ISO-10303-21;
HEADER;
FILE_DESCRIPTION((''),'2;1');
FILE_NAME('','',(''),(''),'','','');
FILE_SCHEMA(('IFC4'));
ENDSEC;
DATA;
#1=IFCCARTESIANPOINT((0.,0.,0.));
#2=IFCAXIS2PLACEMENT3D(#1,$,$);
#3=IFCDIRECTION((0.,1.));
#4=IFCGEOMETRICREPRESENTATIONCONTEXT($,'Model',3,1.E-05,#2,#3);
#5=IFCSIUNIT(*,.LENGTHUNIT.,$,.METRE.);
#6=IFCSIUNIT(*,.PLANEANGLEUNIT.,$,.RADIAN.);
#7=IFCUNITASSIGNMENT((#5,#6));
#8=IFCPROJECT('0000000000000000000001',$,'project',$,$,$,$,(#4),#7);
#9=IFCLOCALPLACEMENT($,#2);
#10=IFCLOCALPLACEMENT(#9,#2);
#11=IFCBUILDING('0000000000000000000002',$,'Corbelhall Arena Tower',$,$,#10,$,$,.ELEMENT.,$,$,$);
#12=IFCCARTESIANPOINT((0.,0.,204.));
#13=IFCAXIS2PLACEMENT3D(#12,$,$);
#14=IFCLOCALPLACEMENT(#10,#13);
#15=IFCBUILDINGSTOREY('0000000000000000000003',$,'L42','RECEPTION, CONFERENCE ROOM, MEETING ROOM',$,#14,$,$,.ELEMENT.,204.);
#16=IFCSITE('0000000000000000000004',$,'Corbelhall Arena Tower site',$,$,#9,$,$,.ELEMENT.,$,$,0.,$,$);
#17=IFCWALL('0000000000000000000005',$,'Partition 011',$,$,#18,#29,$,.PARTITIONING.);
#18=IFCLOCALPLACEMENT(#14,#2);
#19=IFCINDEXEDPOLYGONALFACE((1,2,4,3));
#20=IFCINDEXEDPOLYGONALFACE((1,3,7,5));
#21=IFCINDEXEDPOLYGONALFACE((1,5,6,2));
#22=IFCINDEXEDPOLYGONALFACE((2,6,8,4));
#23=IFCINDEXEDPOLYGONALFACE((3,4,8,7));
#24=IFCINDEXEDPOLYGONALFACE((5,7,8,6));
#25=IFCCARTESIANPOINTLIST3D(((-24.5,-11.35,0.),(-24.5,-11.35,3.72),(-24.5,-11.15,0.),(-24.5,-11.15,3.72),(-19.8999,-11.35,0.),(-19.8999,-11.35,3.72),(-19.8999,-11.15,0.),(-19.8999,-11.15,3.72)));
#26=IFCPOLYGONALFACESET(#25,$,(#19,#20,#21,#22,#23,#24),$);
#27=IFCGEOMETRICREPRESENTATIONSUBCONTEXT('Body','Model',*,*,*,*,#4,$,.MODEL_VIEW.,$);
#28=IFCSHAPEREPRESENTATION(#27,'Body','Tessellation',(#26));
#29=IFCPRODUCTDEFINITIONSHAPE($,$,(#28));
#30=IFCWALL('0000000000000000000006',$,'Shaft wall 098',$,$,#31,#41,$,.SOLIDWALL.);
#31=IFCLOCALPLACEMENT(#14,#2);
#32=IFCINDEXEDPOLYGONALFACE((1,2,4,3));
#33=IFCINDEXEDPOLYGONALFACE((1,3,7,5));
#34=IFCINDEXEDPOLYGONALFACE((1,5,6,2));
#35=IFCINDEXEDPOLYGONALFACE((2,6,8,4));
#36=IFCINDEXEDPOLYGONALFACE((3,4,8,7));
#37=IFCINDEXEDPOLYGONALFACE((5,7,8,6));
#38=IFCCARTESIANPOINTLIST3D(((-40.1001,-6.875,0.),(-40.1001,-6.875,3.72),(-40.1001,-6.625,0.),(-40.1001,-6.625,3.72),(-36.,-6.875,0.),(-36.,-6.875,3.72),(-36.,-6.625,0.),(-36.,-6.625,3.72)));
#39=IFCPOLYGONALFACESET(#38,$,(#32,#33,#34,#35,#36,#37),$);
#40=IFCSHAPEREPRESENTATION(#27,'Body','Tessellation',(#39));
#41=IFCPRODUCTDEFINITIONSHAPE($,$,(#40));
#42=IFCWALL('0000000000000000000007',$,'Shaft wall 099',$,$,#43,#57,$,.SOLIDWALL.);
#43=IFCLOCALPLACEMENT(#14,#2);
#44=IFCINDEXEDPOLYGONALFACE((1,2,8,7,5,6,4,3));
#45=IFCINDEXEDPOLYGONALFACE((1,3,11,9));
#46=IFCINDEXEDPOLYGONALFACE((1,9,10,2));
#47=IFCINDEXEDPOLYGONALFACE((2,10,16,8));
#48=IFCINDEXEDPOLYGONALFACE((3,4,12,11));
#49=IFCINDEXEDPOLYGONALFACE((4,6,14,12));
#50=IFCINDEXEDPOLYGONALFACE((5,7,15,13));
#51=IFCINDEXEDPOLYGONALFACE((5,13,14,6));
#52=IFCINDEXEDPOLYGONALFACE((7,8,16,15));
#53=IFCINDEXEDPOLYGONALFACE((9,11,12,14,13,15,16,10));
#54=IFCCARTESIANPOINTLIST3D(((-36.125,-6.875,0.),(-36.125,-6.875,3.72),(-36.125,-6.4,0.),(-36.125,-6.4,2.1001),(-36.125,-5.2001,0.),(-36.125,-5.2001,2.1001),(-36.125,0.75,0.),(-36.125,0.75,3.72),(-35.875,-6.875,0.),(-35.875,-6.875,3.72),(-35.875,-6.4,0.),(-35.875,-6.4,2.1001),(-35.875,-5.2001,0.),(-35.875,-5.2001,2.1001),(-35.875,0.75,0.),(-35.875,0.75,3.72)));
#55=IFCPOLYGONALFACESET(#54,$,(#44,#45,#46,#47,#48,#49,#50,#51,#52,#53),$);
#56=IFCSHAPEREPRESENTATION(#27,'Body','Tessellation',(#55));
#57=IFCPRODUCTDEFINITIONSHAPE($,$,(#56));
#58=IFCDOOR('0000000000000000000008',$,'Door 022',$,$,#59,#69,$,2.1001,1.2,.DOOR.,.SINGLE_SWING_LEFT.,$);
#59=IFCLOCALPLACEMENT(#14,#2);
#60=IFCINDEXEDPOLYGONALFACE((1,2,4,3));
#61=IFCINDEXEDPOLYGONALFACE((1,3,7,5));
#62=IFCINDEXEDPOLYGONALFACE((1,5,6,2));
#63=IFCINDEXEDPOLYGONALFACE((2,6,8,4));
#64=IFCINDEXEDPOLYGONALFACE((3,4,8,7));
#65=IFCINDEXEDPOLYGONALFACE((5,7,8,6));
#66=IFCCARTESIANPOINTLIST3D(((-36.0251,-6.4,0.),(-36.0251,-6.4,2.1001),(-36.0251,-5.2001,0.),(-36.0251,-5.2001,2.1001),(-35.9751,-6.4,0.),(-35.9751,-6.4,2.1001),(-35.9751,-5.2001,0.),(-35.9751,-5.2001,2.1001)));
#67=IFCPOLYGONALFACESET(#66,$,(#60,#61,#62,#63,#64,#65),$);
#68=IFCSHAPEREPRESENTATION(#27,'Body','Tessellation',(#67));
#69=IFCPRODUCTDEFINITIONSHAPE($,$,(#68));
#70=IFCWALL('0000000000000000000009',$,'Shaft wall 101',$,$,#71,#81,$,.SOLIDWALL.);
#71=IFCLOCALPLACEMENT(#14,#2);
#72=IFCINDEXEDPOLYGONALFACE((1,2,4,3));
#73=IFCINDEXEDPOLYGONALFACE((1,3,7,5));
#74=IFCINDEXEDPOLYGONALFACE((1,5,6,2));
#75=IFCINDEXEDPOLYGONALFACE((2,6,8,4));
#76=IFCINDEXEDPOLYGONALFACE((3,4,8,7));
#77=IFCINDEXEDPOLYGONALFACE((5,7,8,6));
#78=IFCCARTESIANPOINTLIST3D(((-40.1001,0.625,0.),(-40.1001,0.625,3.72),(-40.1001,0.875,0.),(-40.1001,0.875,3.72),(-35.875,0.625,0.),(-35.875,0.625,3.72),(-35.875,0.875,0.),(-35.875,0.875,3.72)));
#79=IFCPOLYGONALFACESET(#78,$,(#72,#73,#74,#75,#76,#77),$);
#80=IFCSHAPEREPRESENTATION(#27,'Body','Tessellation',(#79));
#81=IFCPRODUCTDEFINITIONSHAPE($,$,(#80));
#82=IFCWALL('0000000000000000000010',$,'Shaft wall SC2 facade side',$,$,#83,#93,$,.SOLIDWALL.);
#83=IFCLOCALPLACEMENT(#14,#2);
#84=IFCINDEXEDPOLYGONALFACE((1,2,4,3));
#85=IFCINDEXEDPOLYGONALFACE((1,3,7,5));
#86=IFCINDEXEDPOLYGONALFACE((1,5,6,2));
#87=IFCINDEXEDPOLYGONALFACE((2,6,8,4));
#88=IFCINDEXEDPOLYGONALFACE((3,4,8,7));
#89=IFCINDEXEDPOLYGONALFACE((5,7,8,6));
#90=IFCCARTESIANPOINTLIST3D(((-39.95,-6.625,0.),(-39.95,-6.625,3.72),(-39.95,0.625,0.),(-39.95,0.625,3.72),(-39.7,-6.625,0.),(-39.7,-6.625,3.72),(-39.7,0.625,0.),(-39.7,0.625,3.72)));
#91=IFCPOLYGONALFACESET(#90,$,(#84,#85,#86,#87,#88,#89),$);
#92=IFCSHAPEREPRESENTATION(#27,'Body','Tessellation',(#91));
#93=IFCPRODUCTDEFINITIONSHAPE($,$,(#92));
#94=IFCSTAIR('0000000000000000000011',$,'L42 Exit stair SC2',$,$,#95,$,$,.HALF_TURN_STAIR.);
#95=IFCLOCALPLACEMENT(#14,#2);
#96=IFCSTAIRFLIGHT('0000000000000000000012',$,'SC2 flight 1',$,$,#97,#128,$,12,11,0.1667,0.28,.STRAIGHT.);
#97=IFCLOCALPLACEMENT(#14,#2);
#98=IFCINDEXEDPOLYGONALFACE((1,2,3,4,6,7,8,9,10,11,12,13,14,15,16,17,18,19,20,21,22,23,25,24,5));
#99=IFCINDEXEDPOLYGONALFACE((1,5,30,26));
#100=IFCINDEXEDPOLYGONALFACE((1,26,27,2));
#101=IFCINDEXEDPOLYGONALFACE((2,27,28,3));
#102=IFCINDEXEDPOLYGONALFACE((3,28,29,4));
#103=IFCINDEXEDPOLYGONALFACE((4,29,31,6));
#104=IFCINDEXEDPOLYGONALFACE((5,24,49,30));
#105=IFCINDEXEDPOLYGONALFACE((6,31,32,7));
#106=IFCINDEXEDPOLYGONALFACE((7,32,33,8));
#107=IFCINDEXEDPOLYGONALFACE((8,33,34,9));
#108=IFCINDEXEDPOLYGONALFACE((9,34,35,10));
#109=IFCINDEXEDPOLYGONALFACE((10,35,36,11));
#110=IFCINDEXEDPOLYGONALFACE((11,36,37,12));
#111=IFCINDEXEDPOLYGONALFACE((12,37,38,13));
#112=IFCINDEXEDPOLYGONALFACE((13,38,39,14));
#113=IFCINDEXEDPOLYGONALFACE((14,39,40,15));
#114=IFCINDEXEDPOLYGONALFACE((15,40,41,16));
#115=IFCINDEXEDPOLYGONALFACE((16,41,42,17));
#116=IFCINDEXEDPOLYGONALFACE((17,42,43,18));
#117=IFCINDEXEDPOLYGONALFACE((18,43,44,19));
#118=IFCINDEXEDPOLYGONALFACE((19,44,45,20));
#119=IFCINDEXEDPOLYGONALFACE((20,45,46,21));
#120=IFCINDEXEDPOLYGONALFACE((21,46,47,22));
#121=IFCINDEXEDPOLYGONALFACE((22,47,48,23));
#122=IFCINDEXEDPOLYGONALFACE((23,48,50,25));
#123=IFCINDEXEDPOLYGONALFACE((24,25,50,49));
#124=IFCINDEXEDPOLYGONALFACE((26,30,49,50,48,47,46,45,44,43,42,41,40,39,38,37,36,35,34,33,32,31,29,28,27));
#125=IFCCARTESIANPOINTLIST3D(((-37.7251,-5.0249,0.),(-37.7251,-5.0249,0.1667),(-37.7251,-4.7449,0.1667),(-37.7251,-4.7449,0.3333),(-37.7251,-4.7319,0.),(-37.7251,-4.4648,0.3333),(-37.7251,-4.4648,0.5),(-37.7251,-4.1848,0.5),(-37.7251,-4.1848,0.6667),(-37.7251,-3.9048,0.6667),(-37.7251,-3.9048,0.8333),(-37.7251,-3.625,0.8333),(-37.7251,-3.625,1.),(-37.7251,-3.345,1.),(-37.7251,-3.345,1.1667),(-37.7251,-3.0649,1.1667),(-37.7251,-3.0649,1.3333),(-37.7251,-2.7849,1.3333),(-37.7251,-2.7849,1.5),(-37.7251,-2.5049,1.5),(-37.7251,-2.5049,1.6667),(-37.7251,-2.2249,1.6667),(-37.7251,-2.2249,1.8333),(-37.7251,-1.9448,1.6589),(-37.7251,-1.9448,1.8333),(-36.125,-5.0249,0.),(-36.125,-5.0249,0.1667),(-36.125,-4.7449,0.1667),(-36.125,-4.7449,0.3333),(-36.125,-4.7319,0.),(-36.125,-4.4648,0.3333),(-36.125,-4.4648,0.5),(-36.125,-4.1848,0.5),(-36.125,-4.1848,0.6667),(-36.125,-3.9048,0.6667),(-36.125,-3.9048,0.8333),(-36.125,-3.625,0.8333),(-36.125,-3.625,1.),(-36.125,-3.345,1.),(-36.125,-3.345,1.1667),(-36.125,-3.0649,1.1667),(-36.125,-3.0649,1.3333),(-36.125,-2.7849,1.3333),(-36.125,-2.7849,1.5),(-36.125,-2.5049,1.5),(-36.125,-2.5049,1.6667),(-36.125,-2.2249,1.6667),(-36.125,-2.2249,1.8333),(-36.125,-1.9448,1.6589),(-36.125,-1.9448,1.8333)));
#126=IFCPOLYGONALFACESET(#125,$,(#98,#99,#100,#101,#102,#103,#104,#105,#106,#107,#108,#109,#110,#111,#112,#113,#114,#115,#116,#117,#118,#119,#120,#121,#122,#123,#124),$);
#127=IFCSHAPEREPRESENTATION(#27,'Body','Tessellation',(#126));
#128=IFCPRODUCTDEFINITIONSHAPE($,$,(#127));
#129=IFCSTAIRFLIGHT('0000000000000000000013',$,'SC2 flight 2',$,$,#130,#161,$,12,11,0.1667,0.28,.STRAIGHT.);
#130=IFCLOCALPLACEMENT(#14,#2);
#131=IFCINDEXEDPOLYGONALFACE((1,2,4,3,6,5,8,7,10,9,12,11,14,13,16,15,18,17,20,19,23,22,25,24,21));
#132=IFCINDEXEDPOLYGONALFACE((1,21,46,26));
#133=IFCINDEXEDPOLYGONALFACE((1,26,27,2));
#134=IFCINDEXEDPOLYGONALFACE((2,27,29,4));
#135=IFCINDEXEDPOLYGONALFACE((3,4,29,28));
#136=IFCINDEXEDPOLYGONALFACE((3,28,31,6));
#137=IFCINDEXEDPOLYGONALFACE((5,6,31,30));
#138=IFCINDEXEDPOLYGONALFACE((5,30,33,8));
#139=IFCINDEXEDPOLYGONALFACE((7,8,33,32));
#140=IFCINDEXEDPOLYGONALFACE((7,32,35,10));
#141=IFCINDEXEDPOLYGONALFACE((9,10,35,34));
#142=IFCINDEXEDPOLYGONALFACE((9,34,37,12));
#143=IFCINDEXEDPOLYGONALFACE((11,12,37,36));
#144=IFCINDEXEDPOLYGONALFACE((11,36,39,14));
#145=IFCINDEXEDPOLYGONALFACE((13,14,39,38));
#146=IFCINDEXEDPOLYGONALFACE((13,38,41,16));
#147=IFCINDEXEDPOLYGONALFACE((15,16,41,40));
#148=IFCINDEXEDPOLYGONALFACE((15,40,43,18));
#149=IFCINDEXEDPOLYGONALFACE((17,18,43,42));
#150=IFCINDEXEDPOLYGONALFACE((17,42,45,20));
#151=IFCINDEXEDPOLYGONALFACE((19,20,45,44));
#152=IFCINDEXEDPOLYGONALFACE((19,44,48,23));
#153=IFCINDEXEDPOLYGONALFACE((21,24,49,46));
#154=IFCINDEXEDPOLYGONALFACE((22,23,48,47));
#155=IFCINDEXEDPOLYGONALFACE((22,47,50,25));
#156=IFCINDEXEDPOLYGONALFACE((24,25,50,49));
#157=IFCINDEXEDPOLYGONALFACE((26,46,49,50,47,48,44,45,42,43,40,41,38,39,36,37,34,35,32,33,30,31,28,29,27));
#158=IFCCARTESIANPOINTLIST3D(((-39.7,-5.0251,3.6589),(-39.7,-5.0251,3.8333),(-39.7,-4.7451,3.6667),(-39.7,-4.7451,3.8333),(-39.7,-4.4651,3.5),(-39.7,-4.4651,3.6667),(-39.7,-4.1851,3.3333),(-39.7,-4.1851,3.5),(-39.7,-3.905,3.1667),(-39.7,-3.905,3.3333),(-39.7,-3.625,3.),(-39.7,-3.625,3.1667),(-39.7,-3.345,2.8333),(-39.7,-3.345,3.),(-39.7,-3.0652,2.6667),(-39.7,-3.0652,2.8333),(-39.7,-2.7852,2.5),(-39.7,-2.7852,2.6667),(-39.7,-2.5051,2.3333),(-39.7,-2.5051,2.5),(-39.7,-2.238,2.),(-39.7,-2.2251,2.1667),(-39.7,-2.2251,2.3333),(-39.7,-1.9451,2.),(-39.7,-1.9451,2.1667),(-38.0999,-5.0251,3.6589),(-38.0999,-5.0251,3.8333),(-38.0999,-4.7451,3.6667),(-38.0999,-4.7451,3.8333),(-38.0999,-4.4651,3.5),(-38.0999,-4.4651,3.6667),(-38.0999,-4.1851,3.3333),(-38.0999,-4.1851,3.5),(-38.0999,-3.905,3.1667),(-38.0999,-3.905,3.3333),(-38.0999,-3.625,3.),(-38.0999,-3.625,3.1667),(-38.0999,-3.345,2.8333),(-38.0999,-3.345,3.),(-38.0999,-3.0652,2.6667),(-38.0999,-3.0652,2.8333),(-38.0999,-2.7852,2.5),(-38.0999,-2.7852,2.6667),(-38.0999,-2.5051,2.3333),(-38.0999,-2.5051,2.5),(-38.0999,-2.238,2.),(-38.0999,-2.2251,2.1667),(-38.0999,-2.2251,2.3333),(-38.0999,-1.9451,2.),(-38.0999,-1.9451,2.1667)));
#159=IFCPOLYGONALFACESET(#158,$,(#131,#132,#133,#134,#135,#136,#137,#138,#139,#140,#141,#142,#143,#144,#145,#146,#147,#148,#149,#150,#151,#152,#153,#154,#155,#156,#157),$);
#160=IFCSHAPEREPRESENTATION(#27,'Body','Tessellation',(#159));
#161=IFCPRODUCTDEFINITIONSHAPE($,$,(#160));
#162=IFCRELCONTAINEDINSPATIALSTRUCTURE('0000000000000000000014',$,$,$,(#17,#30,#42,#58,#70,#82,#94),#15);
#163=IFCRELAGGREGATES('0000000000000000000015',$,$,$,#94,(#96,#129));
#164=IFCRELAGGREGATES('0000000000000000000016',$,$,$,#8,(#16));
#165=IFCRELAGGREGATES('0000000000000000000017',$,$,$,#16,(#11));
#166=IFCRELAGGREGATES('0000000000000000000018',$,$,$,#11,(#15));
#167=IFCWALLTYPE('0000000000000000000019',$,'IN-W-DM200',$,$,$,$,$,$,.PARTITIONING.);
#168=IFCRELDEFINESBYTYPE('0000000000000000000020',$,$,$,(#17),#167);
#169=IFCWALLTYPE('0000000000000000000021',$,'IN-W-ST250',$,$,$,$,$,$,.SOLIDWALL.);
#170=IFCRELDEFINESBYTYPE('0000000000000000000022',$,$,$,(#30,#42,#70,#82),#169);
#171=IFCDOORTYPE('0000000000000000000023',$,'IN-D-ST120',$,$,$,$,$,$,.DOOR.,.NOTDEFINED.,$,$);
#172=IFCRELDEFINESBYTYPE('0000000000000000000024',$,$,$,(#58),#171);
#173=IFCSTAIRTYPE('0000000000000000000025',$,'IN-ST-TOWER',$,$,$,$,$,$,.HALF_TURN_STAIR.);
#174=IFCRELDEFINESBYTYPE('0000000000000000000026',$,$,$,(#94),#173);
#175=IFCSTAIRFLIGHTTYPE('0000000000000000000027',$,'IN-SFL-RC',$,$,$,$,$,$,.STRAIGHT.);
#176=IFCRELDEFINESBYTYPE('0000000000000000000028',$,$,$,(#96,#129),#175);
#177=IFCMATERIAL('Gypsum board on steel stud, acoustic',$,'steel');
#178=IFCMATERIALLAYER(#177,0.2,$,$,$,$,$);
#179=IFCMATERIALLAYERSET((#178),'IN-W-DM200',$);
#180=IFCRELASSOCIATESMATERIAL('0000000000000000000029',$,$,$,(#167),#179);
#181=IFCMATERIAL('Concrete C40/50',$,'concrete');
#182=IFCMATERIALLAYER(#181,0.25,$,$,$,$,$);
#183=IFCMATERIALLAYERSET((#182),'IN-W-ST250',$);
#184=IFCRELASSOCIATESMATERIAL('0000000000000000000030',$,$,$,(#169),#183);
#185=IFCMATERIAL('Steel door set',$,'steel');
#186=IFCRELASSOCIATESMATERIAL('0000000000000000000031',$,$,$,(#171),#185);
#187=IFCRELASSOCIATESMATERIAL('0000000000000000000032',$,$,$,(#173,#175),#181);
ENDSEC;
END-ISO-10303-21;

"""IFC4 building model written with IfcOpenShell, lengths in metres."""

from ifc_helpers import new_model, si_unit, direction, frame, frame_2d, origin, place, context, subcontext, project, spatial, polyline, rectangle, outline, extrude, material, layer, layer_set, type_object, element, fill, aggregate, save


model = new_model("IFC4")

# Units and contexts
model_context = context("Model", 3, precision=1e-05, world=origin(), true_north=direction((0.0, 1.0)))
body_context = subcontext(model_context, "Body", "Model", "MODEL_VIEW")
ifc_project = project(units=[si_unit("LENGTHUNIT", "METRE"), si_unit("PLANEANGLEUNIT", "RADIAN")], contexts=[model_context])

# Site, building, storey
site_placement = place(None, origin())
site = spatial("IfcSite", under=ifc_project, at=site_placement, Name="Corbelhall Arena Tower site", CompositionType="ELEMENT", RefElevation=0.0)
building_placement = place(site_placement, origin())
building = spatial("IfcBuilding", under=site, at=building_placement, Name="Corbelhall Arena Tower", CompositionType="ELEMENT")
storey_placement = place(building_placement, frame((0.0, 0.0, 204.0)))
storey = spatial("IfcBuildingStorey", under=building, at=storey_placement, Name="L42", Description="RECEPTION, CONFERENCE ROOM, MEETING ROOM", CompositionType="ELEMENT", Elevation=204.0)

# Shared definitions
ifc_material_1 = material(Name="Gypsum board on steel stud, acoustic", Category="steel")
ifc_layer_1 = layer(ifc_material_1, 0.2)
ifc_layer_set_1 = layer_set([ifc_layer_1], Name="IN-W-DM200")
wall_type_1 = type_object("IfcWallType", Name="IN-W-DM200", PredefinedType="PARTITIONING", material=ifc_layer_set_1)

# Shared definitions
ifc_material_2 = material(Name="Steel door set", Category="steel")

# Walls
wall_1_placement = place(storey_placement, frame((-24.5, -11.25, 0.0), z_axis=(0.0, 0.0, 1.0), x_axis=(1.0, 0.0, 0.0)))
element("IfcWall", 1, at=wall_1_placement, inside=storey, type_object=wall_type_1, Name="Partition 011", PredefinedType="PARTITIONING", context=body_context, shape_type="SweptSolid", body=[
    extrude(rectangle(XDim=4.6001, YDim=0.2, at=frame_2d((2.3, 0.0))), origin(), (0.0, 0.0, 1.0), 3.72),
])
ifc_material_3 = material(Name="Concrete C40/50", Category="concrete")
ifc_layer_2 = layer(ifc_material_3, 0.25)
ifc_layer_set_2 = layer_set([ifc_layer_2], Name="IN-W-ST250")
wall_type_2 = type_object("IfcWallType", Name="IN-W-ST250", PredefinedType="SOLIDWALL", material=ifc_layer_set_2)
wall_2_placement = place(storey_placement, frame((-36.0, -6.75, 0.0), z_axis=(0.0, 0.0, 1.0), x_axis=(-1.0, 0.0, 0.0)))
element("IfcWall", 2, at=wall_2_placement, inside=storey, type_object=wall_type_2, Name="Shaft wall 098", PredefinedType="SOLIDWALL", context=body_context, shape_type="SweptSolid", body=[
    extrude(rectangle(XDim=4.1001, YDim=0.25, at=frame_2d((2.05, 0.0))), origin(), (0.0, 0.0, 1.0), 3.72),
])

# Wall, opening, door
wall_3_placement = place(storey_placement, frame((-36.0, 0.75, 0.0), z_axis=(0.0, 0.0, 1.0), x_axis=(0.0, -1.0, 0.0)))
wall_3 = element("IfcWall", 3, at=wall_3_placement, inside=storey, type_object=wall_type_2, Name="Shaft wall 099", PredefinedType="SOLIDWALL", context=body_context, shape_type="SweptSolid", body=[
    extrude(rectangle(XDim=7.625, YDim=0.25, at=frame_2d((3.8125, 0.0))), origin(), (0.0, 0.0, 1.0), 3.72),
])
opening_1_placement = place(wall_3_placement, frame((5.95, 0.0, 0.0)))
opening_1 = element("IfcOpeningElement", 4, at=opening_1_placement, cuts=wall_3, PredefinedType="OPENING", context=body_context, shape_type="SweptSolid", body=[
    extrude(rectangle(XDim=1.2, YDim=2.1001, at=frame_2d((0.6001, 1.05))), frame((0.0, 0.125, 0.0), z_axis=(0.0, -1.0, 0.0), x_axis=(1.0, 0.0, 0.0)), (0.0, 0.0, 1.0), 0.25),
])
door_type_1 = type_object("IfcDoorType", Name="IN-D-ST120", OperationType="NOTDEFINED", PredefinedType="DOOR", material=ifc_material_2)
door_1_placement = place(opening_1_placement, origin())
door_1 = element("IfcDoor", 5, at=door_1_placement, inside=storey, type_object=door_type_1, Name="Door 022", OperationType="SINGLE_SWING_LEFT", OverallHeight=2.1001, OverallWidth=1.2, PredefinedType="DOOR", context=body_context, shape_type="SweptSolid", body=[
    extrude(rectangle(XDim=1.2, YDim=2.1001, at=frame_2d((0.6001, 1.05))), frame((0.0, 0.0249, 0.0), z_axis=(0.0, -1.0, 0.0), x_axis=(1.0, 0.0, 0.0)), (0.0, 0.0, 1.0), 0.05),
])
fill(opening_1, door_1)

# Walls
wall_4_placement = place(storey_placement, frame((-35.875, 0.75, 0.0), z_axis=(0.0, 0.0, 1.0), x_axis=(-1.0, 0.0, 0.0)))
element("IfcWall", 6, at=wall_4_placement, inside=storey, type_object=wall_type_2, Name="Shaft wall 101", PredefinedType="SOLIDWALL", context=body_context, shape_type="SweptSolid", body=[
    extrude(rectangle(XDim=4.2251, YDim=0.25, at=frame_2d((2.1125, 0.0))), origin(), (0.0, 0.0, 1.0), 3.72),
])
wall_5_placement = place(storey_placement, frame((-39.825, -6.625, 0.0), z_axis=(0.0, 0.0, 1.0), x_axis=(0.0, 1.0, 0.0)))
element("IfcWall", 7, at=wall_5_placement, inside=storey, type_object=wall_type_2, Name="Shaft wall SC2 facade side", PredefinedType="SOLIDWALL", context=body_context, shape_type="SweptSolid", body=[
    extrude(rectangle(XDim=7.25, YDim=0.25, at=frame_2d((3.625, 0.0))), origin(), (0.0, 0.0, 1.0), 3.72),
])

# Stair, stair flights
stair_type = type_object("IfcStairType", Name="IN-ST-TOWER", PredefinedType="HALF_TURN_STAIR", material=ifc_material_3)
stair_placement = place(storey_placement, origin())
stair = element("IfcStair", 8, at=stair_placement, inside=storey, type_object=stair_type, Name="L42 Exit stair SC2", PredefinedType="HALF_TURN_STAIR")
stair_flight_type = type_object("IfcStairFlightType", Name="IN-SFL-RC", PredefinedType="STRAIGHT", material=ifc_material_3)
stair_flight_1_placement = place(storey_placement, frame((-36.925, -5.0249, 0.0), z_axis=(0.0, 0.0, 1.0), x_axis=(0.0, 1.0, 0.0)))
stair_flight_1 = element("IfcStairFlight", 9, at=stair_flight_1_placement, type_object=stair_flight_type, Name="SC2 flight 1", NumberOfRisers=12, NumberOfTreads=11, PredefinedType="STRAIGHT", RiserHeight=0.1667, TreadLength=0.28, context=body_context, shape_type="SweptSolid", body=[
    extrude(outline(polyline([(0.0, 0.0), (0.0, 0.1667), (0.28, 0.1667), (0.28, 0.3333), (0.5601, 0.3333), (0.5601, 0.5), (0.8401, 0.5), (0.8401, 0.6667), (1.1201, 0.6667), (1.1201, 0.8333), (1.3999, 0.8333), (1.3999, 1.0), (1.6799, 1.0), (1.6799, 1.1667), (1.96, 1.1667), (1.96, 1.3333), (2.24, 1.3333), (2.24, 1.5), (2.52, 1.5), (2.52, 1.6667), (2.8, 1.6667), (2.8, 1.8333), (3.0801, 1.8333), (3.0801, 2.0), (3.0801, 1.6589), (0.293, 0.0), (0.0, 0.0)])), frame((0.0, 0.8, 0.0), z_axis=(0.0, -1.0, 0.0), x_axis=(1.0, 0.0, 0.0)), (0.0, 0.0, 1.0), 1.6001),
])
stair_flight_2_placement = place(storey_placement, frame((-38.8999, -1.9451, 2.0), z_axis=(0.0, 0.0, 1.0), x_axis=(0.0, -1.0, 0.0)))
stair_flight_2 = element("IfcStairFlight", 10, at=stair_flight_2_placement, type_object=stair_flight_type, Name="SC2 flight 2", NumberOfRisers=12, NumberOfTreads=11, PredefinedType="STRAIGHT", RiserHeight=0.1667, TreadLength=0.28, context=body_context, shape_type="SweptSolid", body=[
    extrude(outline(polyline([(0.0, 0.0), (0.0, 0.1667), (0.28, 0.1667), (0.28, 0.3333), (0.5601, 0.3333), (0.5601, 0.5), (0.8401, 0.5), (0.8401, 0.6667), (1.1201, 0.6667), (1.1201, 0.8333), (1.3999, 0.8333), (1.3999, 1.0), (1.6799, 1.0), (1.6799, 1.1667), (1.96, 1.1667), (1.96, 1.3333), (2.24, 1.3333), (2.24, 1.5), (2.52, 1.5), (2.52, 1.6667), (2.8, 1.6667), (2.8, 1.8333), (3.0801, 1.8333), (3.0801, 2.0), (3.0801, 1.6589), (0.293, 0.0), (0.0, 0.0)])), frame((0.0, 0.8, 0.0), z_axis=(0.0, -1.0, 0.0), x_axis=(1.0, 0.0, 0.0)), (0.0, 0.0, 1.0), 1.6001),
])
aggregate(stair, [stair_flight_1, stair_flight_2])

save(model, "model.ifc")
